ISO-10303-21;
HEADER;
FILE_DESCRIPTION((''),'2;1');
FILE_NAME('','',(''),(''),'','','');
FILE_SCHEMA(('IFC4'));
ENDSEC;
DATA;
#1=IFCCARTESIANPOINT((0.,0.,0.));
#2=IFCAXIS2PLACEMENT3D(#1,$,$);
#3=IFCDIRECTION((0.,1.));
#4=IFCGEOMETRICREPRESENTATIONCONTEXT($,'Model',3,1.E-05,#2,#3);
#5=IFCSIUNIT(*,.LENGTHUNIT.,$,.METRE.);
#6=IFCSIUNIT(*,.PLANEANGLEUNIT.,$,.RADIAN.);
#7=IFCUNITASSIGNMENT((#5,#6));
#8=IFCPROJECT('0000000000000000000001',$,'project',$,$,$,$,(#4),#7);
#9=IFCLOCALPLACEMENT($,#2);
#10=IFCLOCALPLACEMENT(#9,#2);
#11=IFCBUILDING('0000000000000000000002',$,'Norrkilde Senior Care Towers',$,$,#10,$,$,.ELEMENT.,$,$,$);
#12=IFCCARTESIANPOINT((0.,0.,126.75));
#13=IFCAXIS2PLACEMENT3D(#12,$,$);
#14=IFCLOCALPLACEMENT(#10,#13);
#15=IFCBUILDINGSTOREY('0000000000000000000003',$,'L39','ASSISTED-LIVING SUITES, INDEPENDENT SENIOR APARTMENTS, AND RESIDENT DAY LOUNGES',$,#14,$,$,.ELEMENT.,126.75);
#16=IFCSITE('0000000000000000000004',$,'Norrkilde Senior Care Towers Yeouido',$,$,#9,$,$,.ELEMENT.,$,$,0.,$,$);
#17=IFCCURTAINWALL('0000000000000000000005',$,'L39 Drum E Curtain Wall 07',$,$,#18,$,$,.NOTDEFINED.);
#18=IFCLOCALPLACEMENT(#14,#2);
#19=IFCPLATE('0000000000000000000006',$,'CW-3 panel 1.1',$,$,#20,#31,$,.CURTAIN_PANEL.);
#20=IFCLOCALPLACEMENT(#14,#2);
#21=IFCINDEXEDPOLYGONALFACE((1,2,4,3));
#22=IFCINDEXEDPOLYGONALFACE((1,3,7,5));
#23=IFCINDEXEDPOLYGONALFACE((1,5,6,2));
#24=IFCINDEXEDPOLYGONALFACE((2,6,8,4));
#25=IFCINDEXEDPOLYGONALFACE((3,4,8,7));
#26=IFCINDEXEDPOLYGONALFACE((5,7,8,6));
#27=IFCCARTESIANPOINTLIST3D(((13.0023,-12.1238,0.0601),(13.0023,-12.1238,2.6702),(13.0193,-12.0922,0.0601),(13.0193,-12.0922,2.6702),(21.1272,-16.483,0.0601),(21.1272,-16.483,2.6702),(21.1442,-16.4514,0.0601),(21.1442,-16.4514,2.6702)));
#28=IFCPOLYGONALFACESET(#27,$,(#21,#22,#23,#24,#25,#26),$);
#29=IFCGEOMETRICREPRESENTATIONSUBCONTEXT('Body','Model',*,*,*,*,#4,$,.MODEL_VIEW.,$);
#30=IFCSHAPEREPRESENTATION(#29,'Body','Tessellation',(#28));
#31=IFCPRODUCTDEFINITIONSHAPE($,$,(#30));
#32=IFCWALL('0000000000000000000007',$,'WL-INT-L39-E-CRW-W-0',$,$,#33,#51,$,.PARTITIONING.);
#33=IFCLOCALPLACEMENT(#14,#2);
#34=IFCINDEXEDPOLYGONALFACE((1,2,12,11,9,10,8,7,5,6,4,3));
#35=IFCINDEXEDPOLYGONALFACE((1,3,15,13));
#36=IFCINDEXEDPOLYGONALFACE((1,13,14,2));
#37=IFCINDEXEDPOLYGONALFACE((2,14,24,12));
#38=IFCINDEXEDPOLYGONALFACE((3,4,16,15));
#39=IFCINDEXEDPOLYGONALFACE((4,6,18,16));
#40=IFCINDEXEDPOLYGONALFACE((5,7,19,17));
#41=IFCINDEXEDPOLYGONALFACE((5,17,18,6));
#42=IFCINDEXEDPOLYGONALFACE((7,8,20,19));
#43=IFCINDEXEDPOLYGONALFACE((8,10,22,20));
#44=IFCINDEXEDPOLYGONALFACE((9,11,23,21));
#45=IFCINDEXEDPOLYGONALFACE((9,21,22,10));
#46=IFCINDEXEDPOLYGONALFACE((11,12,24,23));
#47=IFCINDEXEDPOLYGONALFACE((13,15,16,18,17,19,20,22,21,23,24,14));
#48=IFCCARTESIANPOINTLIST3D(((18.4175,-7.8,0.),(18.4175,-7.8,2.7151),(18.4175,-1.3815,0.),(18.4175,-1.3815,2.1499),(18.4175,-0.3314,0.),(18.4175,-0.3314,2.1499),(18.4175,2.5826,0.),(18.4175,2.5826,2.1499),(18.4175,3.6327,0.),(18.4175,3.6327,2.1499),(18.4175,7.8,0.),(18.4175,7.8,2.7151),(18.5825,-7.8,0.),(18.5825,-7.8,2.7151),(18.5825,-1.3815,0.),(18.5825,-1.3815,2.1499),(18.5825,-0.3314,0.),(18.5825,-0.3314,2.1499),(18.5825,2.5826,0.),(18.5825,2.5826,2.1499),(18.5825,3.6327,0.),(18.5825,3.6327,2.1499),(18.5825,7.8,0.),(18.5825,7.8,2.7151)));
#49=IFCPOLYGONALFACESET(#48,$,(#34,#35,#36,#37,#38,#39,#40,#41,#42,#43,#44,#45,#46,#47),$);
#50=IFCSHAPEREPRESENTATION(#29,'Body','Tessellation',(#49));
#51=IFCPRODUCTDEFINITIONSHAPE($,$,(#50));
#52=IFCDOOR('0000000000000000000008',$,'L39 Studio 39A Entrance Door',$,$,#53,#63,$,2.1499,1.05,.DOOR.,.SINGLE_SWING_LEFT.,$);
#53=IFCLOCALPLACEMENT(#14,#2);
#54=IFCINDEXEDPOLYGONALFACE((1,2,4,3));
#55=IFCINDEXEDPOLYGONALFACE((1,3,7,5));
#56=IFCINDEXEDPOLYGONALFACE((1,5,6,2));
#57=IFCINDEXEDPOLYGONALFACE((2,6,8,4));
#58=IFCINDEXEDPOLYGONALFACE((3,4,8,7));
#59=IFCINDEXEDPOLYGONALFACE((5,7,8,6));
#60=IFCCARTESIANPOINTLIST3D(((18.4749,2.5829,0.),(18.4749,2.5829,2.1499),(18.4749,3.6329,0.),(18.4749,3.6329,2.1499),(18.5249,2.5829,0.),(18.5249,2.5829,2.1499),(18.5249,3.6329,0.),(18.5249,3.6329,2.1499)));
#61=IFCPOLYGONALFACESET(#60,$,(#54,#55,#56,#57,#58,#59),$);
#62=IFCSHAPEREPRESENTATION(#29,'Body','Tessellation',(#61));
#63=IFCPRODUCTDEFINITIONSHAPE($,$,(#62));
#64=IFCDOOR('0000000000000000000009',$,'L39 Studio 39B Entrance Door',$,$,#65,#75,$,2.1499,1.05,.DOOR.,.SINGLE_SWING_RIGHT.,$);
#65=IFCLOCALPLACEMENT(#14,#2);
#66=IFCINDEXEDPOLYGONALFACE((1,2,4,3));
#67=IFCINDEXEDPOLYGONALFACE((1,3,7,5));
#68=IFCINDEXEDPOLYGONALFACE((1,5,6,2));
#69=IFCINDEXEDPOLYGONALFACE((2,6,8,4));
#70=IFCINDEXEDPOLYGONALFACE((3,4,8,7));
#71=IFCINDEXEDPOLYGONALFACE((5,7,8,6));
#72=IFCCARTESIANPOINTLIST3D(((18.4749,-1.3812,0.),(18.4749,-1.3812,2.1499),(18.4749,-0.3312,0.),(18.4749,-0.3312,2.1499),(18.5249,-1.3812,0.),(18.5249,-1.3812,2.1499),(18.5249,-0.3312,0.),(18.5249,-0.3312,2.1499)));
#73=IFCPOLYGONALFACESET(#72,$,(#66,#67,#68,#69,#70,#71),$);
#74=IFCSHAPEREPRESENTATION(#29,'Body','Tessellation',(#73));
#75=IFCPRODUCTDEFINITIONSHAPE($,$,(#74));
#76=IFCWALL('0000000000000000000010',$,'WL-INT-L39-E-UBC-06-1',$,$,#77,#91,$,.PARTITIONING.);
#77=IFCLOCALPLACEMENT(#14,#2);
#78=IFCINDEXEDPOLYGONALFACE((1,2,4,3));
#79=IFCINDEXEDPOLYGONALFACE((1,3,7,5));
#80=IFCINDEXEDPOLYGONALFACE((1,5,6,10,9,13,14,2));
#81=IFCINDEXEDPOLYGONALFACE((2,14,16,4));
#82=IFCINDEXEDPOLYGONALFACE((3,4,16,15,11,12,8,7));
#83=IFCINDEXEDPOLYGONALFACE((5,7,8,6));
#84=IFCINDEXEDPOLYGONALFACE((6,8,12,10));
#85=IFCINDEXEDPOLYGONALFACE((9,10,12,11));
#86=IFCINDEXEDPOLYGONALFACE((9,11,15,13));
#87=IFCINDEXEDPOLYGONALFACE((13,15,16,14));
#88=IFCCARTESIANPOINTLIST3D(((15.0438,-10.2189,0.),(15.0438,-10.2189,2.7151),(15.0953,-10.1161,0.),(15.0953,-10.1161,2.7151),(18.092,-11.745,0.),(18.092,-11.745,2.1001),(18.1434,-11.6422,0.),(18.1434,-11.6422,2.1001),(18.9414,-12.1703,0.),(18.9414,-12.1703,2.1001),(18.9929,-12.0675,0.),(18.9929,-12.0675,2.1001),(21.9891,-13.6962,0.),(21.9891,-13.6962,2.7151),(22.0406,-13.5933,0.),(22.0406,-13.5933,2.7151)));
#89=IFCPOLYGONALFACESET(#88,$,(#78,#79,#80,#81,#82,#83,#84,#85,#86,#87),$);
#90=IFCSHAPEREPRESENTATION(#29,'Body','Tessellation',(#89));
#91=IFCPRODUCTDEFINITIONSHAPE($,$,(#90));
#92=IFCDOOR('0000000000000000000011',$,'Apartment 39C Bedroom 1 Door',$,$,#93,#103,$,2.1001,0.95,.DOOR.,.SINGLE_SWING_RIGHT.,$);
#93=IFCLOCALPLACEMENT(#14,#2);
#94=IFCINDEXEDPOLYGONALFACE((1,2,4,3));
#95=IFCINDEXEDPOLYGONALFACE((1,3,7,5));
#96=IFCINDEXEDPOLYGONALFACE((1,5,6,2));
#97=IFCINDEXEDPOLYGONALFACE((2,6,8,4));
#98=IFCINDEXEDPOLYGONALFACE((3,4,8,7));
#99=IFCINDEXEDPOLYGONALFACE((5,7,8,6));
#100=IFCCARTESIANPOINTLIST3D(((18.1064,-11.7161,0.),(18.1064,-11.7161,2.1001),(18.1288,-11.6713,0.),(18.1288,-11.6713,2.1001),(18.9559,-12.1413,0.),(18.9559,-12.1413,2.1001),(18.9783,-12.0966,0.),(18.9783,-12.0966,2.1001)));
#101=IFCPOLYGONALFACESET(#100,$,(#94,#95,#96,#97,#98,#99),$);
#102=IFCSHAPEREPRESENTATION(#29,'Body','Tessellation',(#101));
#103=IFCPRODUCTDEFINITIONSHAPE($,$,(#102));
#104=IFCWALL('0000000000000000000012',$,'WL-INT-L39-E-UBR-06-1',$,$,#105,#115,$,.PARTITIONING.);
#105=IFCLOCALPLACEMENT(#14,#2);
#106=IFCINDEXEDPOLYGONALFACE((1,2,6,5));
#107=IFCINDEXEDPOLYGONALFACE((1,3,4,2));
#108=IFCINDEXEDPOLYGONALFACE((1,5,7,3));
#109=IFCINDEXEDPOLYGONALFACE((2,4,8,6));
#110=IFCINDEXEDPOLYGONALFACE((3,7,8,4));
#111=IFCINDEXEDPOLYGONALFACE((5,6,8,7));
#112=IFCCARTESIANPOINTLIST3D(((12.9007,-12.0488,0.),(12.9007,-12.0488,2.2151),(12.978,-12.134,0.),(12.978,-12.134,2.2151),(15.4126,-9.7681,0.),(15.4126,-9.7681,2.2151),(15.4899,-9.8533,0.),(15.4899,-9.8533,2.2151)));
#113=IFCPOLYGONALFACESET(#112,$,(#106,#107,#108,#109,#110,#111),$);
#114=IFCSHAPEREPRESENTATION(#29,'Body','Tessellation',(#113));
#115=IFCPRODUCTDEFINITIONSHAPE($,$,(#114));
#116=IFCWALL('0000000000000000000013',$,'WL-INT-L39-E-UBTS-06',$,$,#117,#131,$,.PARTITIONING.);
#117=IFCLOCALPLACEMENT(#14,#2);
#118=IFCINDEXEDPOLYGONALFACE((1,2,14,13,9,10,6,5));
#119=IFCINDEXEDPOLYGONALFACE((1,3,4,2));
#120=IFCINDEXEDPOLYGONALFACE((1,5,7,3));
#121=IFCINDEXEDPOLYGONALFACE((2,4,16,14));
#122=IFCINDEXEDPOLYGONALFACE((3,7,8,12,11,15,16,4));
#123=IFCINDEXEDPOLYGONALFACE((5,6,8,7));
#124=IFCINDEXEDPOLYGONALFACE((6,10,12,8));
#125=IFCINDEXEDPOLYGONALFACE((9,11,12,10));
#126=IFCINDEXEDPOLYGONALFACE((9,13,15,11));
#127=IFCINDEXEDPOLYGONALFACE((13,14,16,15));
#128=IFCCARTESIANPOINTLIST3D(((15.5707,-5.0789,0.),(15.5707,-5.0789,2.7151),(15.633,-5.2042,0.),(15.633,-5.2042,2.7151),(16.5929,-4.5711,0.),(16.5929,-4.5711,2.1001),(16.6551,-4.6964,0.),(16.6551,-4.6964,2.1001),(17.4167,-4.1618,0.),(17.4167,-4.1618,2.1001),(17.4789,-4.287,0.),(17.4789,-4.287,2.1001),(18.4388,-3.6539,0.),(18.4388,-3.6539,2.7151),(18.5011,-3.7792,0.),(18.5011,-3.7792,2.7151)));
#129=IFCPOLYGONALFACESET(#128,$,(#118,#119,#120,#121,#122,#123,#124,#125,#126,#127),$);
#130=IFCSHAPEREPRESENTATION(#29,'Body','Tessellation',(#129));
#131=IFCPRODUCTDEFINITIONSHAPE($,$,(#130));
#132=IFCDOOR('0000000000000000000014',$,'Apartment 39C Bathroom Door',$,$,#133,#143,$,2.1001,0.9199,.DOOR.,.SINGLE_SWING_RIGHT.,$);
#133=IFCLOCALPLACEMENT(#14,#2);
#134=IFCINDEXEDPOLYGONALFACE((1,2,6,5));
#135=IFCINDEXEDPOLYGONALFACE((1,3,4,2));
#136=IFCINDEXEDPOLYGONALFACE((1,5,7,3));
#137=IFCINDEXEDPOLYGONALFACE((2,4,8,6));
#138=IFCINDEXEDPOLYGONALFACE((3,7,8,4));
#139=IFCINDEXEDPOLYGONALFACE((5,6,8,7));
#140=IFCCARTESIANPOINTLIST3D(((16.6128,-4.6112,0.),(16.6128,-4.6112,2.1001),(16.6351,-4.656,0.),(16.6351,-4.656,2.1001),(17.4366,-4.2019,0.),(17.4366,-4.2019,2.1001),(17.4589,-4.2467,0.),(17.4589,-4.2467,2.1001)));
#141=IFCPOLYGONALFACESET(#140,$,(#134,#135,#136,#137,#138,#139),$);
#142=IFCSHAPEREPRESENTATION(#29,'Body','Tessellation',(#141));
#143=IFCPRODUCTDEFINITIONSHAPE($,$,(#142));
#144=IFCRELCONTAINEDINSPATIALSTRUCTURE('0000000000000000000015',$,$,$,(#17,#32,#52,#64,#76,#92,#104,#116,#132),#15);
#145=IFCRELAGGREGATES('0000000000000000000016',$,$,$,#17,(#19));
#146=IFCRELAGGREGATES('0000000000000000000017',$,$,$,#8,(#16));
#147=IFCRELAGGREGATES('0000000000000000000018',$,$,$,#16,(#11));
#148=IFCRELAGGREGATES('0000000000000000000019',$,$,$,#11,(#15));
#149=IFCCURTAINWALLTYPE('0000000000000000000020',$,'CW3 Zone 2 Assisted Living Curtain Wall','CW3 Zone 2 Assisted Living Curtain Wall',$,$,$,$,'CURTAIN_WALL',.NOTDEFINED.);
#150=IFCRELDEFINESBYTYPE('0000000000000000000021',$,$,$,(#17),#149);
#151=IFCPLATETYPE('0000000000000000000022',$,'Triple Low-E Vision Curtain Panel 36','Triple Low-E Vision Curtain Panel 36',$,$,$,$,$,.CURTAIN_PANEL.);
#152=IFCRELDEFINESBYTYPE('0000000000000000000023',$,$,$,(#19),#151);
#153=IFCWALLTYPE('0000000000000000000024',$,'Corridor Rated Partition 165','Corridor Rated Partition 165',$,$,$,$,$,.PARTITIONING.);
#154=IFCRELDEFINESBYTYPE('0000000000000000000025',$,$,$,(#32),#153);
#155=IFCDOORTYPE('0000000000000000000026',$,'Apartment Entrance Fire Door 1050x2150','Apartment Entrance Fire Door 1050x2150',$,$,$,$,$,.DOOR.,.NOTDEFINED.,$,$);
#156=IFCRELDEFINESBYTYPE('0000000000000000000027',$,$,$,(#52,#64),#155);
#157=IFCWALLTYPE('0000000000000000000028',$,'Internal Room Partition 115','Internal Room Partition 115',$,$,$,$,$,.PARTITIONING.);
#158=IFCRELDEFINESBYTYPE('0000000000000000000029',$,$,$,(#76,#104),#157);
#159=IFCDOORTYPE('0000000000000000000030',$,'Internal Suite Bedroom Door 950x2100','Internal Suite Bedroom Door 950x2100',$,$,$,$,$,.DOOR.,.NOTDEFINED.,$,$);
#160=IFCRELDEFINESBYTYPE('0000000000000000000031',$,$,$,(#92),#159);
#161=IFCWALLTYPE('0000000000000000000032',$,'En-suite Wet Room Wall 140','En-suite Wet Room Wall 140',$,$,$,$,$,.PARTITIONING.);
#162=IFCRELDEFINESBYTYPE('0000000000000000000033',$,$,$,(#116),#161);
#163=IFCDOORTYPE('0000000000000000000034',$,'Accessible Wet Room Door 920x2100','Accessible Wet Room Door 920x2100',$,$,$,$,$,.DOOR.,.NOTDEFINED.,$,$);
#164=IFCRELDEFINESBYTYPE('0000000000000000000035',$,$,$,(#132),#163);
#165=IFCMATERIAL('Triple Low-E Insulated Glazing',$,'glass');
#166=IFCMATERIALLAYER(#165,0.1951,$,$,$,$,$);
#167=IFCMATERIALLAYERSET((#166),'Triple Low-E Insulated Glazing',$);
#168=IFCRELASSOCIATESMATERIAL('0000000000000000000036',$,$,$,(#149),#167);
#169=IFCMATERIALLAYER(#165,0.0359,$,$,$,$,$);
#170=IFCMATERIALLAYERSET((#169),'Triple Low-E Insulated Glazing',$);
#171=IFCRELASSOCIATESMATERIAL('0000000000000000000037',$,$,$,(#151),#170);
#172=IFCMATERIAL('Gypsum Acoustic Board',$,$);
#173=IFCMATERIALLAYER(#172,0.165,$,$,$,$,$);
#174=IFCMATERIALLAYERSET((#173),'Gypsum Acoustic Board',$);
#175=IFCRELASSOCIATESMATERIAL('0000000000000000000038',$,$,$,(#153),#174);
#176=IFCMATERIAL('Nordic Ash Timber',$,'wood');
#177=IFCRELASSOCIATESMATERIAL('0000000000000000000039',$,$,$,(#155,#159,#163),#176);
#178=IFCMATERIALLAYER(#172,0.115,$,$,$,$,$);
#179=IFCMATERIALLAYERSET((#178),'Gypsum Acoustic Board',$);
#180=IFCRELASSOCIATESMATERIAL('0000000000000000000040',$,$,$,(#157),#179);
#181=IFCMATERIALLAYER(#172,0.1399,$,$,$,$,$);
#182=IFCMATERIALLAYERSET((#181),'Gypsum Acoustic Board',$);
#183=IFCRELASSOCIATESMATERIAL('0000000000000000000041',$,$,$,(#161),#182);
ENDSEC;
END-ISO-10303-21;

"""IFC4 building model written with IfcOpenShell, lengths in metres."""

from ifc_helpers import new_model, si_unit, direction, frame, frame_2d, origin, origin_2d, place, context, subcontext, project, spatial, rectangle, extrude, source, transform, mapped, material, layer, layer_set, type_object, type_shapes, element, fill, aggregate, save


model = new_model("IFC4")

# Units and contexts
model_context = context("Model", 3, precision=1e-05, world=origin(), true_north=direction((0.0, 1.0)))
body_context = subcontext(model_context, "Body", "Model", "MODEL_VIEW")
ifc_project = project(units=[si_unit("LENGTHUNIT", "METRE"), si_unit("PLANEANGLEUNIT", "RADIAN")], contexts=[model_context])

# Site, building, storey
site_placement = place(None, origin())
site = spatial("IfcSite", under=ifc_project, at=site_placement, Name="Norrkilde Senior Care Towers Yeouido", CompositionType="ELEMENT", RefElevation=0.0)
building_placement = place(site_placement, origin())
building = spatial("IfcBuilding", under=site, at=building_placement, Name="Norrkilde Senior Care Towers", CompositionType="ELEMENT")
storey_placement = place(building_placement, frame((0.0, 0.0, 126.75)))
storey = spatial("IfcBuildingStorey", under=building, at=storey_placement, Name="L39", Description="ASSISTED-LIVING SUITES, INDEPENDENT SENIOR APARTMENTS, AND RESIDENT DAY LOUNGES", CompositionType="ELEMENT", Elevation=126.75)

# Shared definitions
ifc_material_1 = material(Name="Triple Low-E Insulated Glazing", Category="glass")
ifc_layer_1 = layer(ifc_material_1, 0.1951)
ifc_layer_set_1 = layer_set([ifc_layer_1], Name="Triple Low-E Insulated Glazing")
curtain_wall_type = type_object("IfcCurtainWallType", Name="CW3 Zone 2 Assisted Living Curtain Wall", Description="CW3 Zone 2 Assisted Living Curtain Wall", ElementType="CURTAIN_WALL", PredefinedType="NOTDEFINED", material=ifc_layer_set_1)

# Curtain wall
curtain_wall_1_placement = place(storey_placement, origin())
curtain_wall_1 = element("IfcCurtainWall", 1, at=curtain_wall_1_placement, inside=storey, type_object=curtain_wall_type, Name="L39 Drum E Curtain Wall 07", PredefinedType="NOTDEFINED")

# Plate
ifc_layer_2 = layer(ifc_material_1, 0.0359)
ifc_layer_set_2 = layer_set([ifc_layer_2], Name="Triple Low-E Insulated Glazing")
plate_type = type_object("IfcPlateType", Name="Triple Low-E Vision Curtain Panel 36", Description="Triple Low-E Vision Curtain Panel 36", PredefinedType="CURTAIN_PANEL", material=ifc_layer_set_2)
shared_shape_1 = source(origin(), body_context, "Body", "SweptSolid", [
    extrude(rectangle(XDim=9.2205, YDim=0.0359, at=origin_2d()), origin(), (0.0, 0.0, 1.0), 2.6101),
])
plate_1_placement = place(storey_placement, frame((17.0732, -14.2876, 0.0601), z_axis=(0.0, 0.0, 1.0), x_axis=(-0.881186, 0.472769, 0.0)))
plate_1 = element("IfcPlate", 2, at=plate_1_placement, type_object=plate_type, Name="CW-3 panel 1.1", PredefinedType="CURTAIN_PANEL", context=body_context, shape_type="MappedRepresentation", body=[
    mapped(shared_shape_1, transform((0.0, 0.0, 0.0), x_axis=(1.0, 0.0, 0.0), y_axis=(0.0, 1.0, 0.0), z_axis=(0.0, 0.0, 1.0), scale=1.0)),
])
aggregate(curtain_wall_1, [plate_1])

# Wall, openings, doors
ifc_material_2 = material(Name="Gypsum Acoustic Board")
ifc_layer_3 = layer(ifc_material_2, 0.165)
ifc_layer_set_3 = layer_set([ifc_layer_3], Name="Gypsum Acoustic Board")
wall_type_1 = type_object("IfcWallType", Name="Corridor Rated Partition 165", Description="Corridor Rated Partition 165", PredefinedType="PARTITIONING", material=ifc_layer_set_3)
shared_shape_2 = source(origin(), body_context, "Body", "SweptSolid", [
    extrude(rectangle(XDim=15.6001, YDim=0.165, at=frame_2d((7.8, 0.0))), origin(), (0.0, 0.0, 1.0), 2.7151),
])
type_shapes(wall_type_1, [shared_shape_2])
wall_1_placement = place(storey_placement, frame((18.5, -7.8, 0.0), z_axis=(0.0, 0.0, 1.0), x_axis=(0.0, 1.0, 0.0)))
wall_1 = element("IfcWall", 3, at=wall_1_placement, inside=storey, type_object=wall_type_1, Name="WL-INT-L39-E-CRW-W-0", PredefinedType="PARTITIONING", context=body_context, shape_type="MappedRepresentation", body=[
    mapped(shared_shape_2, transform((0.0, 0.0, 0.0), x_axis=(1.0, 0.0, 0.0), y_axis=(0.0, 1.0, 0.0), z_axis=(0.0, 0.0, 1.0), scale=1.0)),
])
opening_1_placement = place(wall_1_placement, frame((10.3828, 0.0, 0.0)))
opening_1 = element("IfcOpeningElement", 4, at=opening_1_placement, cuts=wall_1, PredefinedType="OPENING", context=body_context, shape_type="SweptSolid", body=[
    extrude(rectangle(XDim=1.05, YDim=2.1499, at=frame_2d((0.5249, 1.075))), frame((0.0, 0.0925, 0.0), z_axis=(0.0, -1.0, 0.0), x_axis=(1.0, 0.0, 0.0)), (0.0, 0.0, 1.0), 0.1851),
])
opening_2_placement = place(wall_1_placement, frame((6.4187, 0.0, 0.0)))
opening_2 = element("IfcOpeningElement", 5, at=opening_2_placement, cuts=wall_1, PredefinedType="OPENING", context=body_context, shape_type="SweptSolid", body=[
    extrude(rectangle(XDim=1.05, YDim=2.1499, at=frame_2d((0.5249, 1.075))), frame((0.0, 0.0925, 0.0), z_axis=(0.0, -1.0, 0.0), x_axis=(1.0, 0.0, 0.0)), (0.0, 0.0, 1.0), 0.1851),
])
ifc_material_3 = material(Name="Nordic Ash Timber", Category="wood")
door_type_1 = type_object("IfcDoorType", Name="Apartment Entrance Fire Door 1050x2150", Description="Apartment Entrance Fire Door 1050x2150", OperationType="NOTDEFINED", PredefinedType="DOOR", material=ifc_material_3)
shared_shape_3 = source(origin(), body_context, "Body", "SweptSolid", [
    extrude(rectangle(XDim=1.05, YDim=2.1499, at=frame_2d((0.5249, 1.075))), frame((0.0, 0.0249, 0.0), z_axis=(0.0, -1.0, 0.0), x_axis=(1.0, 0.0, 0.0)), (0.0, 0.0, 1.0), 0.05),
])
type_shapes(door_type_1, [shared_shape_3])
door_1_placement = place(opening_1_placement, frame((1.05, 0.0, 0.0), z_axis=(0.0, 0.0, 1.0), x_axis=(-1.0, 0.0, 0.0)))
door_1 = element("IfcDoor", 6, at=door_1_placement, inside=storey, type_object=door_type_1, Name="L39 Studio 39A Entrance Door", OperationType="SINGLE_SWING_LEFT", OverallHeight=2.1499, OverallWidth=1.05, PredefinedType="DOOR", context=body_context, shape_type="MappedRepresentation", body=[
    mapped(shared_shape_3, transform((0.0, 0.0, 0.0), x_axis=(1.0, 0.0, 0.0), y_axis=(0.0, 1.0, 0.0), z_axis=(0.0, 0.0, 1.0), scale=1.0)),
])
fill(opening_1, door_1)
door_2_placement = place(opening_2_placement, frame((1.05, 0.0, 0.0), z_axis=(0.0, 0.0, 1.0), x_axis=(-1.0, 0.0, 0.0)))
door_2 = element("IfcDoor", 7, at=door_2_placement, inside=storey, type_object=door_type_1, Name="L39 Studio 39B Entrance Door", OperationType="SINGLE_SWING_RIGHT", OverallHeight=2.1499, OverallWidth=1.05, PredefinedType="DOOR", context=body_context, shape_type="MappedRepresentation", body=[
    mapped(shared_shape_3, transform((0.0, 0.0, 0.0), x_axis=(1.0, 0.0, 0.0), y_axis=(0.0, 1.0, 0.0), z_axis=(0.0, 0.0, 1.0), scale=1.0)),
])
fill(opening_2, door_2)

# Wall, opening, door
ifc_layer_4 = layer(ifc_material_2, 0.115)
ifc_layer_set_4 = layer_set([ifc_layer_4], Name="Gypsum Acoustic Board")
wall_type_2 = type_object("IfcWallType", Name="Internal Room Partition 115", Description="Internal Room Partition 115", PredefinedType="PARTITIONING", material=ifc_layer_set_4)
shared_shape_4 = source(origin(), body_context, "Body", "SweptSolid", [
    extrude(rectangle(XDim=7.7671, YDim=0.115, at=frame_2d((3.8835, 0.0))), origin(), (0.0, 0.0, 1.0), 2.7151),
])
wall_2_placement = place(storey_placement, frame((15.0696, -10.1675, 0.0), z_axis=(0.0, 0.0, 1.0), x_axis=(0.894188, -0.447691, 0.0)))
wall_2 = element("IfcWall", 8, at=wall_2_placement, inside=storey, type_object=wall_type_2, Name="WL-INT-L39-E-UBC-06-1", PredefinedType="PARTITIONING", context=body_context, shape_type="MappedRepresentation", body=[
    mapped(shared_shape_4, transform((0.0, 0.0, 0.0), x_axis=(1.0, 0.0, 0.0), y_axis=(0.0, 1.0, 0.0), z_axis=(0.0, 0.0, 1.0), scale=1.0)),
])
opening_3_placement = place(wall_2_placement, frame((3.4087, 0.0, 0.0)))
opening_3 = element("IfcOpeningElement", 9, at=opening_3_placement, cuts=wall_2, PredefinedType="OPENING", context=body_context, shape_type="SweptSolid", body=[
    extrude(rectangle(XDim=0.95, YDim=2.1001, at=frame_2d((0.4751, 1.05))), frame((0.0, 0.0674, 0.0), z_axis=(0.0, -1.0, 0.0), x_axis=(1.0, 0.0, 0.0)), (0.0, 0.0, 1.0), 0.135),
])
door_type_2 = type_object("IfcDoorType", Name="Internal Suite Bedroom Door 950x2100", Description="Internal Suite Bedroom Door 950x2100", OperationType="NOTDEFINED", PredefinedType="DOOR", material=ifc_material_3)
shared_shape_5 = source(origin(), body_context, "Body", "SweptSolid", [
    extrude(rectangle(XDim=0.95, YDim=2.1001, at=frame_2d((0.4751, 1.05))), frame((0.0, 0.0249, 0.0), z_axis=(0.0, -1.0, 0.0), x_axis=(1.0, 0.0, 0.0)), (0.0, 0.0, 1.0), 0.05),
])
type_shapes(door_type_2, [shared_shape_5])
door_3_placement = place(opening_3_placement, origin())
door_3 = element("IfcDoor", 10, at=door_3_placement, inside=storey, type_object=door_type_2, Name="Apartment 39C Bedroom 1 Door", OperationType="SINGLE_SWING_RIGHT", OverallHeight=2.1001, OverallWidth=0.95, PredefinedType="DOOR", context=body_context, shape_type="MappedRepresentation", body=[
    mapped(shared_shape_5, transform((0.0, 0.0, 0.0), x_axis=(1.0, 0.0, 0.0), y_axis=(0.0, 1.0, 0.0), z_axis=(0.0, 0.0, 1.0), scale=1.0)),
])
fill(opening_3, door_3)

# Wall
shared_shape_6 = source(origin(), body_context, "Body", "SweptSolid", [
    extrude(rectangle(XDim=3.3928, YDim=0.115, at=frame_2d((1.6963, 0.0))), origin(), (0.0, 0.0, 1.0), 2.2151),
])
wall_3_placement = place(storey_placement, frame((15.4512, -9.8108, 0.0), z_axis=(0.0, 0.0, 1.0), x_axis=(-0.740357, -0.672214, 0.0)))
element("IfcWall", 11, at=wall_3_placement, inside=storey, type_object=wall_type_2, Name="WL-INT-L39-E-UBR-06-1", PredefinedType="PARTITIONING", context=body_context, shape_type="MappedRepresentation", body=[
    mapped(shared_shape_6, transform((0.0, 0.0, 0.0), x_axis=(1.0, 0.0, 0.0), y_axis=(0.0, 1.0, 0.0), z_axis=(0.0, 0.0, 1.0), scale=1.0)),
])

# Wall, opening, door
ifc_layer_5 = layer(ifc_material_2, 0.1399)
ifc_layer_set_5 = layer_set([ifc_layer_5], Name="Gypsum Acoustic Board")
wall_type_3 = type_object("IfcWallType", Name="En-suite Wet Room Wall 140", Description="En-suite Wet Room Wall 140", PredefinedType="PARTITIONING", material=ifc_layer_set_5)
shared_shape_7 = source(origin(), body_context, "Body", "SweptSolid", [
    extrude(rectangle(XDim=3.2026, YDim=0.1399, at=frame_2d((1.6013, 0.0))), origin(), (0.0, 0.0, 1.0), 2.7151),
])
wall_4_placement = place(storey_placement, frame((18.47, -3.7166, 0.0), z_axis=(0.0, 0.0, 1.0), x_axis=(-0.895553, -0.444956, 0.0)))
wall_4 = element("IfcWall", 12, at=wall_4_placement, inside=storey, type_object=wall_type_3, Name="WL-INT-L39-E-UBTS-06", PredefinedType="PARTITIONING", context=body_context, shape_type="MappedRepresentation", body=[
    mapped(shared_shape_7, transform((0.0, 0.0, 0.0), x_axis=(1.0, 0.0, 0.0), y_axis=(0.0, 1.0, 0.0), z_axis=(0.0, 0.0, 1.0), scale=1.0)),
])
opening_4_placement = place(wall_4_placement, frame((1.1414, 0.0, 0.0)))
opening_4 = element("IfcOpeningElement", 13, at=opening_4_placement, cuts=wall_4, PredefinedType="OPENING", context=body_context, shape_type="SweptSolid", body=[
    extrude(rectangle(XDim=0.9199, YDim=2.1001, at=frame_2d((0.46, 1.05))), frame((0.0, 0.0798, 0.0), z_axis=(0.0, -1.0, 0.0), x_axis=(1.0, 0.0, 0.0)), (0.0, 0.0, 1.0), 0.1599),
])
door_type_3 = type_object("IfcDoorType", Name="Accessible Wet Room Door 920x2100", Description="Accessible Wet Room Door 920x2100", OperationType="NOTDEFINED", PredefinedType="DOOR", material=ifc_material_3)
shared_shape_8 = source(origin(), body_context, "Body", "SweptSolid", [
    extrude(rectangle(XDim=0.9199, YDim=2.1001, at=frame_2d((0.46, 1.05))), frame((0.0, 0.0249, 0.0), z_axis=(0.0, -1.0, 0.0), x_axis=(1.0, 0.0, 0.0)), (0.0, 0.0, 1.0), 0.05),
])
type_shapes(door_type_3, [shared_shape_8])
door_4_placement = place(opening_4_placement, origin())
door_4 = element("IfcDoor", 14, at=door_4_placement, inside=storey, type_object=door_type_3, Name="Apartment 39C Bathroom Door", OperationType="SINGLE_SWING_RIGHT", OverallHeight=2.1001, OverallWidth=0.9199, PredefinedType="DOOR", context=body_context, shape_type="MappedRepresentation", body=[
    mapped(shared_shape_8, transform((0.0, 0.0, 0.0), x_axis=(1.0, 0.0, 0.0), y_axis=(0.0, 1.0, 0.0), z_axis=(0.0, 0.0, 1.0), scale=1.0)),
])
fill(opening_4, door_4)

save(model, "model.ifc")
